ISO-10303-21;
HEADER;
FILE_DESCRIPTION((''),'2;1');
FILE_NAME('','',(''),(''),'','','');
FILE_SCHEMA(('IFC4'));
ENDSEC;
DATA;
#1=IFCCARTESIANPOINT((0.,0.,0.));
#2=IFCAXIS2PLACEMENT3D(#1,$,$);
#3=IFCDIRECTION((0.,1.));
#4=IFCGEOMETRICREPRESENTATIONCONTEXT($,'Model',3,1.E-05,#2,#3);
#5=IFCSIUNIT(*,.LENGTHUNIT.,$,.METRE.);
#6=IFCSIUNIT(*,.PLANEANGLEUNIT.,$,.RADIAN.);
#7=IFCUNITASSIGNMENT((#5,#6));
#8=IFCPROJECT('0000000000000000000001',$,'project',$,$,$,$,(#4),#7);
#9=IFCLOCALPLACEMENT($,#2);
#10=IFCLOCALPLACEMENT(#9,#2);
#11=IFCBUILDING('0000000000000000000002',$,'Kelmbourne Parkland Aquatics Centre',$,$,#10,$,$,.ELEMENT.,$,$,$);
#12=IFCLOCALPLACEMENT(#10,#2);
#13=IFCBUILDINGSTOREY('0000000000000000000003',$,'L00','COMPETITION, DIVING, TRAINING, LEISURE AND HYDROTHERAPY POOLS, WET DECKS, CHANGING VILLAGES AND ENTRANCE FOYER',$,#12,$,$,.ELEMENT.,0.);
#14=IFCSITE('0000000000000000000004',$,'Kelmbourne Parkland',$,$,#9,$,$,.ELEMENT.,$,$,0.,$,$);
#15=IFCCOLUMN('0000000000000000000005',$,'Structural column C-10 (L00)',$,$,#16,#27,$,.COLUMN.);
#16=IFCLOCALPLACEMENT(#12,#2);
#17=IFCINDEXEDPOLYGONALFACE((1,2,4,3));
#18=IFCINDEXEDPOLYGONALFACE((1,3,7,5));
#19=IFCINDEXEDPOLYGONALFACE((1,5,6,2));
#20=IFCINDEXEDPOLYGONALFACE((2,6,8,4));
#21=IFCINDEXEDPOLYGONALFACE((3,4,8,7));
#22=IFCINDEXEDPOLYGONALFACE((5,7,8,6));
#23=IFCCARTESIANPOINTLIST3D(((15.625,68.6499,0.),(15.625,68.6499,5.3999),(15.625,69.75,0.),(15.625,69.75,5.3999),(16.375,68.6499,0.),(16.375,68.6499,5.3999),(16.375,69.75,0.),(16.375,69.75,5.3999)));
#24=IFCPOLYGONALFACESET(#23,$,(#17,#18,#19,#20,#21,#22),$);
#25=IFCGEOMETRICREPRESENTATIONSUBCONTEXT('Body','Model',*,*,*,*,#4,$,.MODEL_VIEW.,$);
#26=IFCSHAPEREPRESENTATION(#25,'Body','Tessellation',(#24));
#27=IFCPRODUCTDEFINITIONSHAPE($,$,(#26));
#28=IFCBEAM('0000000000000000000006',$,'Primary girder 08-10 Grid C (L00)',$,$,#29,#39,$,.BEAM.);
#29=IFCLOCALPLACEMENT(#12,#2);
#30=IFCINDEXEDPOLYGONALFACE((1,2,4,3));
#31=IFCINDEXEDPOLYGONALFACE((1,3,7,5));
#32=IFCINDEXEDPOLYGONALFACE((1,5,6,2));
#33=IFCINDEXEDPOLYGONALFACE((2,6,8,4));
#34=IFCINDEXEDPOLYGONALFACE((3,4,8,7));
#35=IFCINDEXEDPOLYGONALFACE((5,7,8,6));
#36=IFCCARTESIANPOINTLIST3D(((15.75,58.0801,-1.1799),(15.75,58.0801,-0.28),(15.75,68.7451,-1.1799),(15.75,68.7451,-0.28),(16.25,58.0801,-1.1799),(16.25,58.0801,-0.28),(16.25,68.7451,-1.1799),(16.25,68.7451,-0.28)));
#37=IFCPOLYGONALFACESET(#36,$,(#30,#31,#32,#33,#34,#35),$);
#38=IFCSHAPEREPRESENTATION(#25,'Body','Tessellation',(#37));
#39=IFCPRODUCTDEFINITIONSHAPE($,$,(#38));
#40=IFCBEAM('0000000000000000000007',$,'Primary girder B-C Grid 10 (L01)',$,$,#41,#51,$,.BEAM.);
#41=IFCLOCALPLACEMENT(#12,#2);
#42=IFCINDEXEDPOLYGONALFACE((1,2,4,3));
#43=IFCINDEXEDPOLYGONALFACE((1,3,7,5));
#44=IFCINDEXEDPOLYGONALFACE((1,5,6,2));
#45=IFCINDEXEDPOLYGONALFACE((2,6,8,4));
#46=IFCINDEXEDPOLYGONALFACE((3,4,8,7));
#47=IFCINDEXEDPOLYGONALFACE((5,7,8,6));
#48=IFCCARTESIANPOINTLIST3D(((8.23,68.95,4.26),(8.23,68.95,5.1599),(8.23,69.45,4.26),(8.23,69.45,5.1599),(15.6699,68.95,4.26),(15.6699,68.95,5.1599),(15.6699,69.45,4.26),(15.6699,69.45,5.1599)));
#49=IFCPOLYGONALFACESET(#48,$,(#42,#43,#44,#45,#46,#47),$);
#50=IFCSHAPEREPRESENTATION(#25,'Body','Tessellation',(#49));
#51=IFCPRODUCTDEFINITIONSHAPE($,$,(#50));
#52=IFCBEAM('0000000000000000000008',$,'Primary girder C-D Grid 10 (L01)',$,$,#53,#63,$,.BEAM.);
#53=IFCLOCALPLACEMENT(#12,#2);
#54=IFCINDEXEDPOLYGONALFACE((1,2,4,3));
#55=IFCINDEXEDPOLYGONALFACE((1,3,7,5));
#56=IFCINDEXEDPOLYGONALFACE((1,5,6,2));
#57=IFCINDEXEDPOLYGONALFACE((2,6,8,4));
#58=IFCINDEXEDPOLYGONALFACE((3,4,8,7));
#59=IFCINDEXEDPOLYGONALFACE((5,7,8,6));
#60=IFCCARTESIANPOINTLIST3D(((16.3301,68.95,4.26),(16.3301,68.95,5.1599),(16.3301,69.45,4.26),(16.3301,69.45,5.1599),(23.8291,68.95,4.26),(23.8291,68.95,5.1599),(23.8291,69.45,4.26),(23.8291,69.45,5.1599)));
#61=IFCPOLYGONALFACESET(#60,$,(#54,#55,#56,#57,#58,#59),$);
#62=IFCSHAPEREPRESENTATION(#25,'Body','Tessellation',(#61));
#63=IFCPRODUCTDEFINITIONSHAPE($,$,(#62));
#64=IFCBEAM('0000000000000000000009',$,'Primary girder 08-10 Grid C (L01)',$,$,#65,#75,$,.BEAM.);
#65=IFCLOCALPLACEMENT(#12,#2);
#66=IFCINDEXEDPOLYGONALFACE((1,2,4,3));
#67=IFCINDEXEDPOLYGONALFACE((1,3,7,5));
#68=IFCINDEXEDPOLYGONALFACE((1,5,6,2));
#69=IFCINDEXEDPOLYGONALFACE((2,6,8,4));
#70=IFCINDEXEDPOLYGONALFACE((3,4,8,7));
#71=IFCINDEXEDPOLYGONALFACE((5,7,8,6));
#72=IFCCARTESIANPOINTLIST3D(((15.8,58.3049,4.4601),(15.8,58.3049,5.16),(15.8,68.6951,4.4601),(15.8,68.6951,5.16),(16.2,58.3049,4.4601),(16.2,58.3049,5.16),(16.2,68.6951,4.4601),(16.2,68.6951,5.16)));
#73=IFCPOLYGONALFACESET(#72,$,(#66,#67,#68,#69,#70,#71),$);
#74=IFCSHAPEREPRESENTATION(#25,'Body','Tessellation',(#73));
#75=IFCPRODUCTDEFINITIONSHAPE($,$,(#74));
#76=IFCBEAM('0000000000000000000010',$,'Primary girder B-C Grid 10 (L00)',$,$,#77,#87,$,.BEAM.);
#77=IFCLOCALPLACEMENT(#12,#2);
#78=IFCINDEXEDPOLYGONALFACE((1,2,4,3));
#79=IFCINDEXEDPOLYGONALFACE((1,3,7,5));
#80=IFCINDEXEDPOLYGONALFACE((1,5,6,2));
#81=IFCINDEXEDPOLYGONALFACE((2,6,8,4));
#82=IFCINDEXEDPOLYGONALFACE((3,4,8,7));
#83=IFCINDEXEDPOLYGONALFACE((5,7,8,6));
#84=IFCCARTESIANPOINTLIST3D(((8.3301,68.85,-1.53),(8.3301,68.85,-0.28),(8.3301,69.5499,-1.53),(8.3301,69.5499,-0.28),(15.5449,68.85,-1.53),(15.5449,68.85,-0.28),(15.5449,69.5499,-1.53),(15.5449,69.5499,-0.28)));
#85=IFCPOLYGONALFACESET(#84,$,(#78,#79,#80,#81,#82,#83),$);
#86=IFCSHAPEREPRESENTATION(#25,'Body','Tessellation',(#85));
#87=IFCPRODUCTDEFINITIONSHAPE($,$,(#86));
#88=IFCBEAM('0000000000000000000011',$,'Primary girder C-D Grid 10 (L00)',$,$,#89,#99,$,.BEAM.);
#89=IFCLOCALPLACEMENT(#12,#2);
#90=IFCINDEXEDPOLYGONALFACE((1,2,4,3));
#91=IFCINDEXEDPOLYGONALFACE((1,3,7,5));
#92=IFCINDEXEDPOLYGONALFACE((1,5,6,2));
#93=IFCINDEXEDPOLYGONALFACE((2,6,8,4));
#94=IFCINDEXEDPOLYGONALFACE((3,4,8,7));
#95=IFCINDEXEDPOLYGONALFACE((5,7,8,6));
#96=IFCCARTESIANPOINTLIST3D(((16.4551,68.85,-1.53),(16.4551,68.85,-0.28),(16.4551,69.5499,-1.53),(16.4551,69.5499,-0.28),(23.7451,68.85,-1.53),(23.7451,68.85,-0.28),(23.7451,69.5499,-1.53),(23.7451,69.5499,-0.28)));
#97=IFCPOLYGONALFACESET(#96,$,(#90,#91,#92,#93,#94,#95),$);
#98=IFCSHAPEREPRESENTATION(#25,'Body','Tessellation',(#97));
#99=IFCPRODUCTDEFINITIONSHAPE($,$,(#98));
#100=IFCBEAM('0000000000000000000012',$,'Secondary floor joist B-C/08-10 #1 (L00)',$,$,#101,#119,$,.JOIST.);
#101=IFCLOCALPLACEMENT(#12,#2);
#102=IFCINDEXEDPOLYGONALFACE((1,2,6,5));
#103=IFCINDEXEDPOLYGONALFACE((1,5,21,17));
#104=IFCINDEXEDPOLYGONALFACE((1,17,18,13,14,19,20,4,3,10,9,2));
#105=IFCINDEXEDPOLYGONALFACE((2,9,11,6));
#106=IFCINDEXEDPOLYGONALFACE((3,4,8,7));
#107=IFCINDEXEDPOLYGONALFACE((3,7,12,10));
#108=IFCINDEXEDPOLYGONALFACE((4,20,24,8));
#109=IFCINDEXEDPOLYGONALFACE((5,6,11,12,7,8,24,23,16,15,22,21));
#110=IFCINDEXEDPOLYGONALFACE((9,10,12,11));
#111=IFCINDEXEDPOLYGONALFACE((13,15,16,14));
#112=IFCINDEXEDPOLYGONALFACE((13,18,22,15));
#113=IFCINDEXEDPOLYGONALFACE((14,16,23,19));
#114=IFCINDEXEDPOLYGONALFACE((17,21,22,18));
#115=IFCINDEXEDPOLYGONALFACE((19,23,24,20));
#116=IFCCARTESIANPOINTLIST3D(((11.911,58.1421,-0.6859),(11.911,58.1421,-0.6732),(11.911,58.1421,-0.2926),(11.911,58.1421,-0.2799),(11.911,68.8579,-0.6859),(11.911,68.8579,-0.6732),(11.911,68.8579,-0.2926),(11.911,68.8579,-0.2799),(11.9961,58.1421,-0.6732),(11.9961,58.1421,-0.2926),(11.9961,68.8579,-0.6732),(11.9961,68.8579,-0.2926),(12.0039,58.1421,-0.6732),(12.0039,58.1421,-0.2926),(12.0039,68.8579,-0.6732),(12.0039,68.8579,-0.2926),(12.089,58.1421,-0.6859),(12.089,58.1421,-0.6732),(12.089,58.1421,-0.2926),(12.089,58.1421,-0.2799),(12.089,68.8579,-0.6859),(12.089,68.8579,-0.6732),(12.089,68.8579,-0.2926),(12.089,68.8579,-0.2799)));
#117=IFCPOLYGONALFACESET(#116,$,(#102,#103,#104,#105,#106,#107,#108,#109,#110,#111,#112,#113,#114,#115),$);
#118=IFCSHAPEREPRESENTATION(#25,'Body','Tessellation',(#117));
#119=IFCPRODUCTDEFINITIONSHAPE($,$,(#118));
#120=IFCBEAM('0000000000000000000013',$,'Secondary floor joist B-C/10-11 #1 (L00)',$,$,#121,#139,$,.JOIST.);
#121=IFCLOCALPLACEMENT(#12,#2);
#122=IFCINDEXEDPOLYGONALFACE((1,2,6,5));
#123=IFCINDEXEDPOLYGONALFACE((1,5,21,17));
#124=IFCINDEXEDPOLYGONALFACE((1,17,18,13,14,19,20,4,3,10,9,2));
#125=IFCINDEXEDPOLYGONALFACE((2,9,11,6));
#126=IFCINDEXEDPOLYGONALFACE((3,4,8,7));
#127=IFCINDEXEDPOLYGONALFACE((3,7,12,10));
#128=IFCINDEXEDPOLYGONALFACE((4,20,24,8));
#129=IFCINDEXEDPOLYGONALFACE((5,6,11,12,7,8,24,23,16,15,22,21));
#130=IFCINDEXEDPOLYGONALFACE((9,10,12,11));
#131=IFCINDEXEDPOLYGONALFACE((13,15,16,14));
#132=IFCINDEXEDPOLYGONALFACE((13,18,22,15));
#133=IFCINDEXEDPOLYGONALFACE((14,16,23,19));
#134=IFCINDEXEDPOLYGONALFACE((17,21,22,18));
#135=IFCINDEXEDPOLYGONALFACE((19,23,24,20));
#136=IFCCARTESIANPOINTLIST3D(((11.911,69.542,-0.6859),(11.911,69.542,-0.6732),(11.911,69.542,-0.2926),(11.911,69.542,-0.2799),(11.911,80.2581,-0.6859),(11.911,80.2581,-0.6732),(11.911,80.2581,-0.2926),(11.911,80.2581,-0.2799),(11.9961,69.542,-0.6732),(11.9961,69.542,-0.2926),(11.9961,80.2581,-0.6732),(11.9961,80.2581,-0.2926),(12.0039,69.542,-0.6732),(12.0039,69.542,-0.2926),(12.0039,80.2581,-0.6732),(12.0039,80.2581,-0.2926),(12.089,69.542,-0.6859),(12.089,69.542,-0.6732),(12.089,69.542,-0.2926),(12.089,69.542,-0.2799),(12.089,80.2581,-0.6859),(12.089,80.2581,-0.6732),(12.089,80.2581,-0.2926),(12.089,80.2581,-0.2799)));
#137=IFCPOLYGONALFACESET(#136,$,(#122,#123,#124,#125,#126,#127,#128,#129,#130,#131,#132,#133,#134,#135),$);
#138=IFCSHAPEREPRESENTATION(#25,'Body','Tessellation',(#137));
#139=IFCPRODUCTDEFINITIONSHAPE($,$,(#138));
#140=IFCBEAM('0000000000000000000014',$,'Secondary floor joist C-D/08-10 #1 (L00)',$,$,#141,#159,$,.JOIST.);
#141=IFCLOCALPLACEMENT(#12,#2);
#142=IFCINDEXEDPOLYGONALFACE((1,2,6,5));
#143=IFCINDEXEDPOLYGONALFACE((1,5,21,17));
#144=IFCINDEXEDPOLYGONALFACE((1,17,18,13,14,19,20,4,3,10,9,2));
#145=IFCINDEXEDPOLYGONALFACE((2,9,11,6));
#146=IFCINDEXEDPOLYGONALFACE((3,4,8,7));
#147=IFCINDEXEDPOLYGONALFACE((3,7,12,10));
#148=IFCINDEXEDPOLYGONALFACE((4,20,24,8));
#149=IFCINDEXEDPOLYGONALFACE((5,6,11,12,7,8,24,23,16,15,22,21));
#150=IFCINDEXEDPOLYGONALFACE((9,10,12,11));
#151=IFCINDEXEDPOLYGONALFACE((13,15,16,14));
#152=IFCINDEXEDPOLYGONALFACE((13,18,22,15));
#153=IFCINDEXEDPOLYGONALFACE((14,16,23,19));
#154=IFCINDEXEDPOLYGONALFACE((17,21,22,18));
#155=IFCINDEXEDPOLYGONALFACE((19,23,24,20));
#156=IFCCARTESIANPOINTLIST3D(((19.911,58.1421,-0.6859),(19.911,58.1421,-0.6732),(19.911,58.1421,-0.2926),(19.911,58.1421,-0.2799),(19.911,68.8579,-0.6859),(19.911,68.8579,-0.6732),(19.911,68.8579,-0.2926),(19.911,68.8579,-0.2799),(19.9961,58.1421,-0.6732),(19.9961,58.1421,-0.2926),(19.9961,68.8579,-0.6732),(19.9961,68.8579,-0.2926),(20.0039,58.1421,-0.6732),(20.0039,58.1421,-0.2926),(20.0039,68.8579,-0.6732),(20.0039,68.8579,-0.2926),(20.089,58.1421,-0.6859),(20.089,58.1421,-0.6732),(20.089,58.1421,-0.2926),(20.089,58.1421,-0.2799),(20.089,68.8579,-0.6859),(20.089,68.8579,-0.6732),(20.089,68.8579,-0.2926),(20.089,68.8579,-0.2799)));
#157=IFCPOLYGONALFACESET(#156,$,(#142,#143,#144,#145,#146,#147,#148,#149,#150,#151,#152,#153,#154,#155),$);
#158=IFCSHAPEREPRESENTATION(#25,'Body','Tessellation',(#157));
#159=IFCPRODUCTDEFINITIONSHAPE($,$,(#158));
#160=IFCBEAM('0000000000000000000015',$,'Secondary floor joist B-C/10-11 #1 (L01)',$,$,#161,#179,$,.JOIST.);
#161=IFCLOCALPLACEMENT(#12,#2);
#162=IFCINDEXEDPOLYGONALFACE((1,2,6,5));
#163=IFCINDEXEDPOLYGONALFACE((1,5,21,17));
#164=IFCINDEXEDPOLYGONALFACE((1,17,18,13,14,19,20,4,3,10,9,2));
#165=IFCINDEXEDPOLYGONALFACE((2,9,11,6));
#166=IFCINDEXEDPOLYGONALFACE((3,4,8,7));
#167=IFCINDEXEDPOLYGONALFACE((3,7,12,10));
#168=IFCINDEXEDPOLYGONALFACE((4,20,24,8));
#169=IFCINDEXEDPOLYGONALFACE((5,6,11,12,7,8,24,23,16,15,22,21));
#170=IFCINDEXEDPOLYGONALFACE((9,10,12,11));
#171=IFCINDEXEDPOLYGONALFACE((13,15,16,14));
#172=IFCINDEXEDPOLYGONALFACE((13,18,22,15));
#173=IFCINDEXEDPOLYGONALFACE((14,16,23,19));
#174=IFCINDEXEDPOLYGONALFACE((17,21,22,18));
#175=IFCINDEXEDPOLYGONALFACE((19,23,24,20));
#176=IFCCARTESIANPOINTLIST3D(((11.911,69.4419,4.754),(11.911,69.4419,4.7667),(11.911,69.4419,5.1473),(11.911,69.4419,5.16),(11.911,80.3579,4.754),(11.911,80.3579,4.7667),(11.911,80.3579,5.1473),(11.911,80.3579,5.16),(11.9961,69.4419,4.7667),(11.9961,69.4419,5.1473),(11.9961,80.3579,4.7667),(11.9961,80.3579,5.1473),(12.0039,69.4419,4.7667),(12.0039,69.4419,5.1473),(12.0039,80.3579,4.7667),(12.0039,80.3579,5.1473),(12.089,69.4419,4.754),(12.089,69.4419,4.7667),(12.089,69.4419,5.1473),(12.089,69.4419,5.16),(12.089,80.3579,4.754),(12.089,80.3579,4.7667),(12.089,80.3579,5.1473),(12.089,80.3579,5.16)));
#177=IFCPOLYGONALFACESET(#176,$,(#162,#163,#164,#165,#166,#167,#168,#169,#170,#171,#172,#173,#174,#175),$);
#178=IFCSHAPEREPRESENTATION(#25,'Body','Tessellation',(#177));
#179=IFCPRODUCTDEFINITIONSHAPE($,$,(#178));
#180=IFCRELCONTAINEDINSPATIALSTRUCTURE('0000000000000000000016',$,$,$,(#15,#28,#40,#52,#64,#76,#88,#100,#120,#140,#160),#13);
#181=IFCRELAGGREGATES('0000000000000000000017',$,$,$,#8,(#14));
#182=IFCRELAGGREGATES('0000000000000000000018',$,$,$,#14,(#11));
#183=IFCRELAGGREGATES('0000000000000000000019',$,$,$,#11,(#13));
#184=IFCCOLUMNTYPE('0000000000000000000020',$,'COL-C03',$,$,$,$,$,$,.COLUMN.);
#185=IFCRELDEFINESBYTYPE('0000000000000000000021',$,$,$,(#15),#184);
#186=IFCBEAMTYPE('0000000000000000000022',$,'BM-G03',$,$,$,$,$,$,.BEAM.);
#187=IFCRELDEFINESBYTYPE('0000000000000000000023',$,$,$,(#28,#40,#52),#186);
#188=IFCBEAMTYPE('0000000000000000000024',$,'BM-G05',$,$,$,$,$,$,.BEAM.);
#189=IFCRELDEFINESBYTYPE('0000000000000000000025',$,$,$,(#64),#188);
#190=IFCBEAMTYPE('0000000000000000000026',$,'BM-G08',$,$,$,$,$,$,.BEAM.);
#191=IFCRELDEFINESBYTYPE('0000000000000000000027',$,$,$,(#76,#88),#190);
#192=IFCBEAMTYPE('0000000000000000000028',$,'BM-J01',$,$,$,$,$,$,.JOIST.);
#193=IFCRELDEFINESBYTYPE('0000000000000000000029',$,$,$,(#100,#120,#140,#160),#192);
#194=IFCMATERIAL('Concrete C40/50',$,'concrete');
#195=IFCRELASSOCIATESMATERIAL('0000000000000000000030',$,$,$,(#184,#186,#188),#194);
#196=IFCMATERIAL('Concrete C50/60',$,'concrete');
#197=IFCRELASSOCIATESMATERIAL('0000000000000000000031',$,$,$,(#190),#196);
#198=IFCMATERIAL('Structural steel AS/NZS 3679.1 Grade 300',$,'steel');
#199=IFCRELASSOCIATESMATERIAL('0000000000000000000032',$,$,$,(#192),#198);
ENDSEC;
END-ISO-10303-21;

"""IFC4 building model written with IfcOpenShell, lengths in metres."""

from ifc_helpers import new_model, si_unit, direction, frame, origin, origin_2d, place, context, subcontext, project, spatial, rectangle, i_section, extrude, material, material_profile, profile_set, type_object, element, save


model = new_model("IFC4")

# Units and contexts
model_context = context("Model", 3, precision=1e-05, world=origin(), true_north=direction((0.0, 1.0)))
body_context = subcontext(model_context, "Body", "Model", "MODEL_VIEW")
ifc_project = project(units=[si_unit("LENGTHUNIT", "METRE"), si_unit("PLANEANGLEUNIT", "RADIAN")], contexts=[model_context])

# Site, building, storey
site_placement = place(None, origin())
site = spatial("IfcSite", under=ifc_project, at=site_placement, Name="Kelmbourne Parkland", CompositionType="ELEMENT", RefElevation=0.0)
building_placement = place(site_placement, origin())
building = spatial("IfcBuilding", under=site, at=building_placement, Name="Kelmbourne Parkland Aquatics Centre", CompositionType="ELEMENT")
storey_placement = place(building_placement, origin())
storey = spatial("IfcBuildingStorey", under=building, at=storey_placement, Name="L00", Description="COMPETITION, DIVING, TRAINING, LEISURE AND HYDROTHERAPY POOLS, WET DECKS, CHANGING VILLAGES AND ENTRANCE FOYER", CompositionType="ELEMENT", Elevation=0.0)

# Column
ifc_material_1 = material(Name="Concrete C40/50", Category="concrete")
ifc_material_profile_1 = material_profile(ifc_material_1, rectangle(XDim=0.75, YDim=1.1001, at=origin_2d()), Name="RC 750x1100")
ifc_profile_set_1 = profile_set([ifc_material_profile_1], Name="Concrete C40/50")
column_type = type_object("IfcColumnType", Name="COL-C03", PredefinedType="COLUMN", material=ifc_profile_set_1)
column_placement = place(storey_placement, frame((16.0, 69.2, 0.0), z_axis=(0.0, 0.0, 1.0), x_axis=(1.0, 0.0, 0.0)))
element("IfcColumn", 1, at=column_placement, inside=storey, type_object=column_type, Name="Structural column C-10 (L00)", PredefinedType="COLUMN", context=body_context, shape_type="SweptSolid", body=[
    extrude(rectangle(XDim=0.75, YDim=1.1001, at=origin_2d()), origin(), (0.0, 0.0, 1.0), 5.3999),
])

# Beams
ifc_material_profile_2 = material_profile(ifc_material_1, rectangle(XDim=0.5, YDim=0.8999, at=origin_2d()), Name="RC 500x900")
ifc_profile_set_2 = profile_set([ifc_material_profile_2], Name="Concrete C40/50")
beam_type_1 = type_object("IfcBeamType", Name="BM-G03", PredefinedType="BEAM", material=ifc_profile_set_2)
beam_1_placement = place(storey_placement, frame((16.0, 58.0801, -0.73), z_axis=(0.0, 1.0, 0.0), x_axis=(-1.0, 0.0, 0.0)))
element("IfcBeam", 2, at=beam_1_placement, inside=storey, type_object=beam_type_1, Name="Primary girder 08-10 Grid C (L00)", PredefinedType="BEAM", context=body_context, shape_type="SweptSolid", body=[
    extrude(rectangle(XDim=0.5, YDim=0.8999, at=origin_2d()), origin(), (0.0, 0.0, 1.0), 10.665),
])
beam_2_placement = place(storey_placement, frame((8.23, 69.2, 4.71), z_axis=(1.0, 0.0, 0.0), x_axis=(0.0, 1.0, 0.0)))
element("IfcBeam", 3, at=beam_2_placement, inside=storey, type_object=beam_type_1, Name="Primary girder B-C Grid 10 (L01)", PredefinedType="BEAM", context=body_context, shape_type="SweptSolid", body=[
    extrude(rectangle(XDim=0.5, YDim=0.8999, at=origin_2d()), origin(), (0.0, 0.0, 1.0), 7.4399),
])
beam_3_placement = place(storey_placement, frame((16.3301, 69.2, 4.71), z_axis=(1.0, 0.0, 0.0), x_axis=(0.0, 1.0, 0.0)))
element("IfcBeam", 4, at=beam_3_placement, inside=storey, type_object=beam_type_1, Name="Primary girder C-D Grid 10 (L01)", PredefinedType="BEAM", context=body_context, shape_type="SweptSolid", body=[
    extrude(rectangle(XDim=0.5, YDim=0.8999, at=origin_2d()), origin(), (0.0, 0.0, 1.0), 7.499),
])
ifc_material_profile_3 = material_profile(ifc_material_1, rectangle(XDim=0.3999, YDim=0.7, at=origin_2d()), Name="RC 400x700")
ifc_profile_set_3 = profile_set([ifc_material_profile_3], Name="Concrete C40/50")
beam_type_2 = type_object("IfcBeamType", Name="BM-G05", PredefinedType="BEAM", material=ifc_profile_set_3)
beam_4_placement = place(storey_placement, frame((16.0, 58.3049, 4.8101), z_axis=(0.0, 1.0, 0.0), x_axis=(-1.0, 0.0, 0.0)))
element("IfcBeam", 5, at=beam_4_placement, inside=storey, type_object=beam_type_2, Name="Primary girder 08-10 Grid C (L01)", PredefinedType="BEAM", context=body_context, shape_type="SweptSolid", body=[
    extrude(rectangle(XDim=0.3999, YDim=0.7, at=origin_2d()), origin(), (0.0, 0.0, 1.0), 10.3901),
])
ifc_material_2 = material(Name="Concrete C50/60", Category="concrete")
ifc_material_profile_4 = material_profile(ifc_material_2, rectangle(XDim=0.7, YDim=1.25, at=origin_2d()), Name="RC 700x1250")
ifc_profile_set_4 = profile_set([ifc_material_profile_4], Name="Concrete C50/60")
beam_type_3 = type_object("IfcBeamType", Name="BM-G08", PredefinedType="BEAM", material=ifc_profile_set_4)
beam_5_placement = place(storey_placement, frame((8.3301, 69.2, -0.905), z_axis=(1.0, 0.0, 0.0), x_axis=(0.0, 1.0, 0.0)))
element("IfcBeam", 6, at=beam_5_placement, inside=storey, type_object=beam_type_3, Name="Primary girder B-C Grid 10 (L00)", PredefinedType="BEAM", context=body_context, shape_type="SweptSolid", body=[
    extrude(rectangle(XDim=0.7, YDim=1.25, at=origin_2d()), origin(), (0.0, 0.0, 1.0), 7.2148),
])
beam_6_placement = place(storey_placement, frame((16.4551, 69.2, -0.905), z_axis=(1.0, 0.0, 0.0), x_axis=(0.0, 1.0, 0.0)))
element("IfcBeam", 7, at=beam_6_placement, inside=storey, type_object=beam_type_3, Name="Primary girder C-D Grid 10 (L00)", PredefinedType="BEAM", context=body_context, shape_type="SweptSolid", body=[
    extrude(rectangle(XDim=0.7, YDim=1.25, at=origin_2d()), origin(), (0.0, 0.0, 1.0), 7.29),
])
ifc_material_3 = material(Name="Structural steel AS/NZS 3679.1 Grade 300", Category="steel")
ifc_material_profile_5 = material_profile(ifc_material_3, i_section(OverallWidth=0.178, OverallDepth=0.406, WebThickness=0.0078, FlangeThickness=0.0127, at=origin_2d()), Name="410UB59.7")
ifc_profile_set_5 = profile_set([ifc_material_profile_5], Name="Structural steel AS/NZS 3679.1 Grade 300")
beam_type_4 = type_object("IfcBeamType", Name="BM-J01", PredefinedType="JOIST", material=ifc_profile_set_5)
beam_7_placement = place(storey_placement, frame((12.0, 58.1421, -0.4829), z_axis=(0.0, 1.0, 0.0), x_axis=(-1.0, 0.0, 0.0)))
element("IfcBeam", 8, at=beam_7_placement, inside=storey, type_object=beam_type_4, Name="Secondary floor joist B-C/08-10 #1 (L00)", PredefinedType="JOIST", context=body_context, shape_type="SweptSolid", body=[
    extrude(i_section(OverallWidth=0.178, OverallDepth=0.406, WebThickness=0.0078, FlangeThickness=0.0127, at=origin_2d()), origin(), (0.0, 0.0, 1.0), 10.7158),
])
beam_8_placement = place(storey_placement, frame((12.0, 69.542, -0.4829), z_axis=(0.0, 1.0, 0.0), x_axis=(-1.0, 0.0, 0.0)))
element("IfcBeam", 9, at=beam_8_placement, inside=storey, type_object=beam_type_4, Name="Secondary floor joist B-C/10-11 #1 (L00)", PredefinedType="JOIST", context=body_context, shape_type="SweptSolid", body=[
    extrude(i_section(OverallWidth=0.178, OverallDepth=0.406, WebThickness=0.0078, FlangeThickness=0.0127, at=origin_2d()), origin(), (0.0, 0.0, 1.0), 10.7161),
])
beam_9_placement = place(storey_placement, frame((20.0, 58.1421, -0.4829), z_axis=(0.0, 1.0, 0.0), x_axis=(-1.0, 0.0, 0.0)))
element("IfcBeam", 10, at=beam_9_placement, inside=storey, type_object=beam_type_4, Name="Secondary floor joist C-D/08-10 #1 (L00)", PredefinedType="JOIST", context=body_context, shape_type="SweptSolid", body=[
    extrude(i_section(OverallWidth=0.178, OverallDepth=0.406, WebThickness=0.0078, FlangeThickness=0.0127, at=origin_2d()), origin(), (0.0, 0.0, 1.0), 10.7158),
])
for number, where, z_axis, x_axis, name in (
    (11, (12.0, 69.4419, 4.957), (0.0, 1.0, 0.0), (-1.0, 0.0, 0.0), "Secondary floor joist B-C/10-11 #1 (L01)"),
):
    element("IfcBeam", number, at=place(storey_placement, frame(where, z_axis=z_axis, x_axis=x_axis)), inside=storey, type_object=beam_type_4, Name=name, PredefinedType="JOIST", context=body_context, shape_type="SweptSolid", body=[
        extrude(i_section(OverallWidth=0.178, OverallDepth=0.406, WebThickness=0.0078, FlangeThickness=0.0127, at=origin_2d()), origin(), (0.0, 0.0, 1.0), 10.916),
    ])

save(model, "model.ifc")
